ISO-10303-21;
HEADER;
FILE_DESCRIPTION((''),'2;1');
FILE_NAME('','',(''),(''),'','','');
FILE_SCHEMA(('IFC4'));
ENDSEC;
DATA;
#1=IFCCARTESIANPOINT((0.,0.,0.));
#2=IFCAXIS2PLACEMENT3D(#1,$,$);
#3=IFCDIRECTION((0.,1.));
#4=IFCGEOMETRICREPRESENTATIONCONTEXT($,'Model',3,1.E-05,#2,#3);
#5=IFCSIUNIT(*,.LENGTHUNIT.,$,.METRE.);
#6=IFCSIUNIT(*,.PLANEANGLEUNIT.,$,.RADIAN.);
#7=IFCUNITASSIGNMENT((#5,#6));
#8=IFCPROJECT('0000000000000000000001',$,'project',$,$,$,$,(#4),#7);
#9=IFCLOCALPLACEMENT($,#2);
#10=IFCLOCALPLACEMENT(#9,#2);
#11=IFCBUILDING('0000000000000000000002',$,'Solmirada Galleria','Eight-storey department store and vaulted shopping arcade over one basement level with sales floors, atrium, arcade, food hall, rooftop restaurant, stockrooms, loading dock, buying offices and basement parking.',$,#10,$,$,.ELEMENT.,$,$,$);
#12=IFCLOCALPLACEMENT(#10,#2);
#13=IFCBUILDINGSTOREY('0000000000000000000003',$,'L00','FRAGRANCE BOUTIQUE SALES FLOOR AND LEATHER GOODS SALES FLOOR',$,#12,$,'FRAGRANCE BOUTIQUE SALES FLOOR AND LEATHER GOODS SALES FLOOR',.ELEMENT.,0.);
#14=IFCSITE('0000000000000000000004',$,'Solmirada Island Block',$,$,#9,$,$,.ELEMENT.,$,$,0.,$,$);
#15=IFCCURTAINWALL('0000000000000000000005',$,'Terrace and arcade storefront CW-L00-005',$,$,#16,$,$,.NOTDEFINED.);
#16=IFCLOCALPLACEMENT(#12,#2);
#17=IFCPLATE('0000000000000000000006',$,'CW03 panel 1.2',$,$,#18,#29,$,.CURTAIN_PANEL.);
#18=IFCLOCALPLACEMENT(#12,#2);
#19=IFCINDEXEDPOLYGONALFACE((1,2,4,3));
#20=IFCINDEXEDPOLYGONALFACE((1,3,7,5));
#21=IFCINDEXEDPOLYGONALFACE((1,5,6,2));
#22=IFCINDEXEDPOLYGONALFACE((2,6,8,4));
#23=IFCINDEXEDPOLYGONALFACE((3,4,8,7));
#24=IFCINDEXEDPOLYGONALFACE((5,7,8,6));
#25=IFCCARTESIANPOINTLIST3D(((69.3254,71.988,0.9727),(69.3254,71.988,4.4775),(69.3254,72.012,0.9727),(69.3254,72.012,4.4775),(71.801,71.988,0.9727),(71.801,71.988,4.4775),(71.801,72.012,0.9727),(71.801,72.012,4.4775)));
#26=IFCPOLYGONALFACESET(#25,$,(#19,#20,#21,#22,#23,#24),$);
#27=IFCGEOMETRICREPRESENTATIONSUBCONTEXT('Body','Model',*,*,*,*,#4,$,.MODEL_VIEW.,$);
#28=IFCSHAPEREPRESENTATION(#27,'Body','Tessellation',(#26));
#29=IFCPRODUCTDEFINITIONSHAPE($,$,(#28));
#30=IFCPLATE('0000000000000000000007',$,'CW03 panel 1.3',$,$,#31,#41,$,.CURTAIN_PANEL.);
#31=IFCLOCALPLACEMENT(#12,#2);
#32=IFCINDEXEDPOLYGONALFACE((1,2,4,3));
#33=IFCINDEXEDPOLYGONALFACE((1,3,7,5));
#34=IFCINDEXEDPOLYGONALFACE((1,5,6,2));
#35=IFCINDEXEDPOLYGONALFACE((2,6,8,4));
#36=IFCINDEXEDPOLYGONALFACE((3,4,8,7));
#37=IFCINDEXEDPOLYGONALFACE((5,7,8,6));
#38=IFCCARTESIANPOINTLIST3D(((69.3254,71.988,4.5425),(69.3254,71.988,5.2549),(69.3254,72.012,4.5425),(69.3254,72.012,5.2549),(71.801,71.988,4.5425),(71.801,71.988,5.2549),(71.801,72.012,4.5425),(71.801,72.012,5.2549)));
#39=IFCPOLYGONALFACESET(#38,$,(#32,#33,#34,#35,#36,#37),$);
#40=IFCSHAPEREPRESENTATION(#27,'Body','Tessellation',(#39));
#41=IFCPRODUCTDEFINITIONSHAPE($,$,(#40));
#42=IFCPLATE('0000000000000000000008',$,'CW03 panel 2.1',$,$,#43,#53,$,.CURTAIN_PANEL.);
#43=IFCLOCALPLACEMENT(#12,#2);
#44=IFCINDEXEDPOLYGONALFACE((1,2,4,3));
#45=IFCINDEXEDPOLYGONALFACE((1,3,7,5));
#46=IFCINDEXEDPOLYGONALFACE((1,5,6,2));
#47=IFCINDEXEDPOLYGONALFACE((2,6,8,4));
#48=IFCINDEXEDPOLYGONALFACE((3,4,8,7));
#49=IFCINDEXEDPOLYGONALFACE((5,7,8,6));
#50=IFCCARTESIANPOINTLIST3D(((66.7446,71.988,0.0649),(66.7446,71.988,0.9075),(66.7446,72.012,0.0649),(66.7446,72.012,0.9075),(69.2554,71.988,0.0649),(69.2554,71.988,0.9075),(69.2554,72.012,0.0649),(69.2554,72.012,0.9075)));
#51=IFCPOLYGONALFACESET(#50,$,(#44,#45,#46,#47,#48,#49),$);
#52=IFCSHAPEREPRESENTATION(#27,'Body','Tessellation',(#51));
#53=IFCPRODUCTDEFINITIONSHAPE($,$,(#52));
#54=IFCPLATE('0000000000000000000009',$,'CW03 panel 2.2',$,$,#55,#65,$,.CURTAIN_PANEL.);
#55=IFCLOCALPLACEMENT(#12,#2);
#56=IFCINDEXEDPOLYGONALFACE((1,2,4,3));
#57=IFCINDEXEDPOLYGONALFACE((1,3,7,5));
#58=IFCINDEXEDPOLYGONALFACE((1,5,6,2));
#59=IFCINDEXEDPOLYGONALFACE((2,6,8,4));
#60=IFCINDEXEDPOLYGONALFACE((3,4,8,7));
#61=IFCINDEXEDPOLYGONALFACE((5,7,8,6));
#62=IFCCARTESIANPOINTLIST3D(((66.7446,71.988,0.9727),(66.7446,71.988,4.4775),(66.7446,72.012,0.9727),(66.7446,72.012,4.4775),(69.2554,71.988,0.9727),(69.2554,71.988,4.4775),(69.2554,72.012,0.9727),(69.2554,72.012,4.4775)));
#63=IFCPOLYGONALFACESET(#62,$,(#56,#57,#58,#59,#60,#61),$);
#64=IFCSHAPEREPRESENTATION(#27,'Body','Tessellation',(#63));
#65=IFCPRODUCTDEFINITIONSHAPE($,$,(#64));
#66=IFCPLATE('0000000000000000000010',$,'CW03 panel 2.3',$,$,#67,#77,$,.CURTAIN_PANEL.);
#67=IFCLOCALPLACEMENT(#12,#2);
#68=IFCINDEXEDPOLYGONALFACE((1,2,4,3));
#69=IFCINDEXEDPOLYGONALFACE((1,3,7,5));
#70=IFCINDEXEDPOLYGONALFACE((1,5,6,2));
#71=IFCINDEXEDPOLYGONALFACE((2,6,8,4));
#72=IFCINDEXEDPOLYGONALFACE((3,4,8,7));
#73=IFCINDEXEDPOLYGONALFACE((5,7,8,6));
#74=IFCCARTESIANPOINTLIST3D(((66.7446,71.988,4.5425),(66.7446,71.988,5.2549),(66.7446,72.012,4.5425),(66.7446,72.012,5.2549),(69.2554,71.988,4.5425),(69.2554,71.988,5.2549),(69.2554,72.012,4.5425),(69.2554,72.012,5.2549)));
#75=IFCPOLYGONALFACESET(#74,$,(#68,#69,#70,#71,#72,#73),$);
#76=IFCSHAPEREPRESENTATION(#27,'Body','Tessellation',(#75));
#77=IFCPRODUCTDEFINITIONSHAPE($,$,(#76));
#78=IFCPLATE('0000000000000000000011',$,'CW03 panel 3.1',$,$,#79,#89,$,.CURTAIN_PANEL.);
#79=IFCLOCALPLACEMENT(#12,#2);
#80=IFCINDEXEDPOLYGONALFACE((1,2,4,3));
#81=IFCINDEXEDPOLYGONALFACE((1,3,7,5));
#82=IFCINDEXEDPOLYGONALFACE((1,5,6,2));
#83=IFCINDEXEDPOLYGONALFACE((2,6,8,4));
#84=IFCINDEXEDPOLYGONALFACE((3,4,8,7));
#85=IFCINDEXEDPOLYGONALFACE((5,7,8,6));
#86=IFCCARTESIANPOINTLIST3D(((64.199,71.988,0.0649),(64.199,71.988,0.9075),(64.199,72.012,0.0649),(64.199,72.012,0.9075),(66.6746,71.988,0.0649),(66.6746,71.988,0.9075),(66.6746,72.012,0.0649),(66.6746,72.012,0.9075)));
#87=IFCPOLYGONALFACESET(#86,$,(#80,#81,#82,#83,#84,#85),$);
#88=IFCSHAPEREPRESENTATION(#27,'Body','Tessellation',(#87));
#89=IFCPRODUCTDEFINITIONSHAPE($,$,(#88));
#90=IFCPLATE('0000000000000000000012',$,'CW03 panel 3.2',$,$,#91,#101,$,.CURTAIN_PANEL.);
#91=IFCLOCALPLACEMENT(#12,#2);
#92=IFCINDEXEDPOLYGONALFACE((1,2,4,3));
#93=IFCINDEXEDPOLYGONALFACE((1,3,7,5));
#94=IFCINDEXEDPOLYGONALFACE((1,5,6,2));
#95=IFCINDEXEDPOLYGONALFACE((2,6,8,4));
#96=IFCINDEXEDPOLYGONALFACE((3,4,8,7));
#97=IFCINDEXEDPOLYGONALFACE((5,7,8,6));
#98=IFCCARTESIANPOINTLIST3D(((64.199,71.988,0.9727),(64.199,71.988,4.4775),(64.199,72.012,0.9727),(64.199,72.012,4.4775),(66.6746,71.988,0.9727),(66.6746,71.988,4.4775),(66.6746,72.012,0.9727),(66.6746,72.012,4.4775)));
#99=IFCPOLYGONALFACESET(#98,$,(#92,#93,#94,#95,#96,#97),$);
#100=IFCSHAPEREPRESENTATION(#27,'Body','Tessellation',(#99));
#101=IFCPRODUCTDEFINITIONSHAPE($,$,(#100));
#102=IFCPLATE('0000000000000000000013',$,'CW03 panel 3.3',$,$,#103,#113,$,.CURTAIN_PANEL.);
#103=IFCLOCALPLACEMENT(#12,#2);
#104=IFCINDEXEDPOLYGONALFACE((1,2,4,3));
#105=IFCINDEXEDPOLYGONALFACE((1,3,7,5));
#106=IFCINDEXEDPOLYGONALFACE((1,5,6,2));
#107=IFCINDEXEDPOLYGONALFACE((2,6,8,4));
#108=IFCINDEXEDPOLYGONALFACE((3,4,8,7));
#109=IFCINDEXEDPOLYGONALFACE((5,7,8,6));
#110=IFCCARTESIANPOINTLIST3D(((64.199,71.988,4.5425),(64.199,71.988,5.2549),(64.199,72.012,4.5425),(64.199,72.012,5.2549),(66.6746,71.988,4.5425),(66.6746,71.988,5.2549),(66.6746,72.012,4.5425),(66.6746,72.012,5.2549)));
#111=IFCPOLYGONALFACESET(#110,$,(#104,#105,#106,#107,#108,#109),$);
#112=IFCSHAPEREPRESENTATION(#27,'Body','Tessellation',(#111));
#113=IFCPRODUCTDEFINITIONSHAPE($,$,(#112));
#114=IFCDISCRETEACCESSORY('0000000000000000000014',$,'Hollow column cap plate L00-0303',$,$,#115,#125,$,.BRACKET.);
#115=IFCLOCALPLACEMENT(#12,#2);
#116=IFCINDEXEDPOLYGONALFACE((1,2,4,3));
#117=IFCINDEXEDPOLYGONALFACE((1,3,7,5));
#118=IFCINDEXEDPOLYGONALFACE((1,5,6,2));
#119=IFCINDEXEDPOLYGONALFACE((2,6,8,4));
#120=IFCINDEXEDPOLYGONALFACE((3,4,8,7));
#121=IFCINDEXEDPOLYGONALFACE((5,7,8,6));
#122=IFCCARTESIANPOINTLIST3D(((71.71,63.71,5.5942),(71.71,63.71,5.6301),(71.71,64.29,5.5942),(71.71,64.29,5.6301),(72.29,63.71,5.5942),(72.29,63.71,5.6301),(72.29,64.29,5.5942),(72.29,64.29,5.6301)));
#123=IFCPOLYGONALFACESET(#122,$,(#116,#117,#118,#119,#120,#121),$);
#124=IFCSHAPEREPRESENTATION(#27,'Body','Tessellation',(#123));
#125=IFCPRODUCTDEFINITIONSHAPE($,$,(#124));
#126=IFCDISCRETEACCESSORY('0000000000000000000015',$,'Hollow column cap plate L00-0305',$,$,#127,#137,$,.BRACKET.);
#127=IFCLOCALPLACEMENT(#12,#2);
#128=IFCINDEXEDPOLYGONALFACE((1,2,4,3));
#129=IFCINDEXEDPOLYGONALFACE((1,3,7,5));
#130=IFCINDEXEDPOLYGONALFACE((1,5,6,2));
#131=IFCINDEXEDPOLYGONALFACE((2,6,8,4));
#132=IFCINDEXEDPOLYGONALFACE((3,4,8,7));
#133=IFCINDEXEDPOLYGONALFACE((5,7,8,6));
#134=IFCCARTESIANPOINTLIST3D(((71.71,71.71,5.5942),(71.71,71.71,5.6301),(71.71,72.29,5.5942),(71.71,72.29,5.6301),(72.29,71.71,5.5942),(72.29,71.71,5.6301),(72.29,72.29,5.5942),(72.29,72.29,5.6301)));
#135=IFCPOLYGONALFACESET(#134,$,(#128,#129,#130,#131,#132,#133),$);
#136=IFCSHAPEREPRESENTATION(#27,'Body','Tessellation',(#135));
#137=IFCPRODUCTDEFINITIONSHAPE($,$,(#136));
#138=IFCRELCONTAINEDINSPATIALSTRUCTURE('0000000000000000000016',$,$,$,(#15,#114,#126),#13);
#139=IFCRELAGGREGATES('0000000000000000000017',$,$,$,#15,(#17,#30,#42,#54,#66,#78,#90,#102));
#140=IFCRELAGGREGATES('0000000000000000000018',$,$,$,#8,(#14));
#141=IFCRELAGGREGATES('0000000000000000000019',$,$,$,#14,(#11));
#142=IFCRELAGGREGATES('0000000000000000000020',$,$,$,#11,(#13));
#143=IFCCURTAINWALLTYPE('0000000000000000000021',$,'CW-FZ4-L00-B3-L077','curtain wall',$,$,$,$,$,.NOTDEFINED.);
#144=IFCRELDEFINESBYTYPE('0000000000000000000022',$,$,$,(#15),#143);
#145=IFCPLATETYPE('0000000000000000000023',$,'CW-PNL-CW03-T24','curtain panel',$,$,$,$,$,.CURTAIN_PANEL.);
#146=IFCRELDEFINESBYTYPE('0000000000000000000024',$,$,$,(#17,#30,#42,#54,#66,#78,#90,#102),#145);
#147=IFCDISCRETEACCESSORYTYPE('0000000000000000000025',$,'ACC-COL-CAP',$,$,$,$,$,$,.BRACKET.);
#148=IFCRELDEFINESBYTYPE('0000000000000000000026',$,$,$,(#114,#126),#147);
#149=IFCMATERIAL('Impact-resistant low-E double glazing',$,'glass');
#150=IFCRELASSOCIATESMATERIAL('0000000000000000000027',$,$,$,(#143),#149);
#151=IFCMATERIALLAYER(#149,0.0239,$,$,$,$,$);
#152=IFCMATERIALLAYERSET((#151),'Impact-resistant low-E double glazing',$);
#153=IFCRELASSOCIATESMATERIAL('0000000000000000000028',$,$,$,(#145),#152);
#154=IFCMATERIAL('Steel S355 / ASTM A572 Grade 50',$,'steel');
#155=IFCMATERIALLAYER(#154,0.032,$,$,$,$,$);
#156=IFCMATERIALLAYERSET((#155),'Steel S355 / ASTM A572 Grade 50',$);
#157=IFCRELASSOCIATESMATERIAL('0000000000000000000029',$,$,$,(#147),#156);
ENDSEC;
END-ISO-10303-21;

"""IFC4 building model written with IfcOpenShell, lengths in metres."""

from ifc_helpers import new_model, si_unit, direction, frame, origin, origin_2d, place, context, subcontext, project, spatial, rectangle, extrude, material, layer, layer_set, type_object, element, aggregate, save


model = new_model("IFC4")

# Units and contexts
model_context = context("Model", 3, precision=1e-05, world=origin(), true_north=direction((0.0, 1.0)))
body_context = subcontext(model_context, "Body", "Model", "MODEL_VIEW")
ifc_project = project(units=[si_unit("LENGTHUNIT", "METRE"), si_unit("PLANEANGLEUNIT", "RADIAN")], contexts=[model_context])

# Site, building, storey
site_placement = place(None, origin())
site = spatial("IfcSite", under=ifc_project, at=site_placement, Name="Solmirada Island Block", CompositionType="ELEMENT", RefElevation=0.0)
building_placement = place(site_placement, origin())
building = spatial("IfcBuilding", under=site, at=building_placement, Name="Solmirada Galleria", Description="Eight-storey department store and vaulted shopping arcade over one basement level with sales floors, atrium, arcade, food hall, rooftop restaurant, stockrooms, loading dock, buying offices and basement parking.", CompositionType="ELEMENT")
storey_placement = place(building_placement, origin())
storey = spatial("IfcBuildingStorey", under=building, at=storey_placement, Name="L00", Description="FRAGRANCE BOUTIQUE SALES FLOOR AND LEATHER GOODS SALES FLOOR", LongName="FRAGRANCE BOUTIQUE SALES FLOOR AND LEATHER GOODS SALES FLOOR", CompositionType="ELEMENT", Elevation=0.0)

# Shared definitions
ifc_material_1 = material(Name="Impact-resistant low-E double glazing", Category="glass")

# Curtain wall
curtain_wall_type_1 = type_object("IfcCurtainWallType", Name="CW-FZ4-L00-B3-L077", Description="curtain wall", PredefinedType="NOTDEFINED", material=ifc_material_1)
curtain_wall_1_placement = place(storey_placement, origin())
curtain_wall_1 = element("IfcCurtainWall", 1, at=curtain_wall_1_placement, inside=storey, type_object=curtain_wall_type_1, Name="Terrace and arcade storefront CW-L00-005", PredefinedType="NOTDEFINED")

# Plates
ifc_layer_1 = layer(ifc_material_1, 0.0239)
ifc_layer_set_1 = layer_set([ifc_layer_1], Name="Impact-resistant low-E double glazing")
plate_type_1 = type_object("IfcPlateType", Name="CW-PNL-CW03-T24", Description="curtain panel", PredefinedType="CURTAIN_PANEL", material=ifc_layer_set_1)
plate_1_placement = place(storey_placement, frame((70.5632, 72.0, 0.9727), z_axis=(0.0, 0.0, 1.0), x_axis=(-1.0, 0.0, 0.0)))
plate_1 = element("IfcPlate", 2, at=plate_1_placement, type_object=plate_type_1, Name="CW03 panel 1.2", PredefinedType="CURTAIN_PANEL", context=body_context, shape_type="SweptSolid", body=[
    extrude(rectangle(XDim=2.4756, YDim=0.0239, at=origin_2d()), origin(), (0.0, 0.0, 1.0), 3.5049),
])
plate_2_placement = place(storey_placement, frame((70.5632, 72.0, 4.5425), z_axis=(0.0, 0.0, 1.0), x_axis=(-1.0, 0.0, 0.0)))
plate_2 = element("IfcPlate", 3, at=plate_2_placement, type_object=plate_type_1, Name="CW03 panel 1.3", PredefinedType="CURTAIN_PANEL", context=body_context, shape_type="SweptSolid", body=[
    extrude(rectangle(XDim=2.4756, YDim=0.0239, at=origin_2d()), origin(), (0.0, 0.0, 1.0), 0.7124),
])
plate_3_placement = place(storey_placement, frame((68.0, 72.0, 0.0649), z_axis=(0.0, 0.0, 1.0), x_axis=(-1.0, 0.0, 0.0)))
plate_3 = element("IfcPlate", 4, at=plate_3_placement, type_object=plate_type_1, Name="CW03 panel 2.1", PredefinedType="CURTAIN_PANEL", context=body_context, shape_type="SweptSolid", body=[
    extrude(rectangle(XDim=2.5107, YDim=0.0239, at=origin_2d()), origin(), (0.0, 0.0, 1.0), 0.8425),
])
plate_4_placement = place(storey_placement, frame((68.0, 72.0, 0.9727), z_axis=(0.0, 0.0, 1.0), x_axis=(-1.0, 0.0, 0.0)))
plate_4 = element("IfcPlate", 5, at=plate_4_placement, type_object=plate_type_1, Name="CW03 panel 2.2", PredefinedType="CURTAIN_PANEL", context=body_context, shape_type="SweptSolid", body=[
    extrude(rectangle(XDim=2.5107, YDim=0.0239, at=origin_2d()), origin(), (0.0, 0.0, 1.0), 3.5049),
])
plate_5_placement = place(storey_placement, frame((68.0, 72.0, 4.5425), z_axis=(0.0, 0.0, 1.0), x_axis=(-1.0, 0.0, 0.0)))
plate_5 = element("IfcPlate", 6, at=plate_5_placement, type_object=plate_type_1, Name="CW03 panel 2.3", PredefinedType="CURTAIN_PANEL", context=body_context, shape_type="SweptSolid", body=[
    extrude(rectangle(XDim=2.5107, YDim=0.0239, at=origin_2d()), origin(), (0.0, 0.0, 1.0), 0.7124),
])
plate_6_placement = place(storey_placement, frame((65.4368, 72.0, 0.0649), z_axis=(0.0, 0.0, 1.0), x_axis=(-1.0, 0.0, 0.0)))
plate_6 = element("IfcPlate", 7, at=plate_6_placement, type_object=plate_type_1, Name="CW03 panel 3.1", PredefinedType="CURTAIN_PANEL", context=body_context, shape_type="SweptSolid", body=[
    extrude(rectangle(XDim=2.4756, YDim=0.0239, at=origin_2d()), origin(), (0.0, 0.0, 1.0), 0.8425),
])
plate_7_placement = place(storey_placement, frame((65.4368, 72.0, 0.9727), z_axis=(0.0, 0.0, 1.0), x_axis=(-1.0, 0.0, 0.0)))
plate_7 = element("IfcPlate", 8, at=plate_7_placement, type_object=plate_type_1, Name="CW03 panel 3.2", PredefinedType="CURTAIN_PANEL", context=body_context, shape_type="SweptSolid", body=[
    extrude(rectangle(XDim=2.4756, YDim=0.0239, at=origin_2d()), origin(), (0.0, 0.0, 1.0), 3.5049),
])
plate_8_placement = place(storey_placement, frame((65.4368, 72.0, 4.5425), z_axis=(0.0, 0.0, 1.0), x_axis=(-1.0, 0.0, 0.0)))
plate_8 = element("IfcPlate", 9, at=plate_8_placement, type_object=plate_type_1, Name="CW03 panel 3.3", PredefinedType="CURTAIN_PANEL", context=body_context, shape_type="SweptSolid", body=[
    extrude(rectangle(XDim=2.4756, YDim=0.0239, at=origin_2d()), origin(), (0.0, 0.0, 1.0), 0.7124),
])
aggregate(curtain_wall_1, [plate_1, plate_2, plate_3, plate_4, plate_5, plate_6, plate_7, plate_8])

# Discrete accessories
ifc_material_2 = material(Name="Steel S355 / ASTM A572 Grade 50", Category="steel")
ifc_layer_2 = layer(ifc_material_2, 0.032)
ifc_layer_set_2 = layer_set([ifc_layer_2], Name="Steel S355 / ASTM A572 Grade 50")
discrete_accessory_type = type_object("IfcDiscreteAccessoryType", Name="ACC-COL-CAP", PredefinedType="BRACKET", material=ifc_layer_set_2)
for number, where, z_axis, x_axis, name in (
    (10, (72.0, 64.0, 5.5942), (0.0, 0.0, 1.0), (1.0, 0.0, 0.0), "Hollow column cap plate L00-0303"),
    (11, (72.0, 72.0, 5.5942), (0.0, 0.0, 1.0), (1.0, 0.0, 0.0), "Hollow column cap plate L00-0305"),
):
    element("IfcDiscreteAccessory", number, at=place(storey_placement, frame(where, z_axis=z_axis, x_axis=x_axis)), inside=storey, type_object=discrete_accessory_type, Name=name, PredefinedType="BRACKET", context=body_context, shape_type="SweptSolid", body=[
        extrude(rectangle(XDim=0.5801, YDim=0.5801, at=origin_2d()), origin(), (0.0, 0.0, 1.0), 0.0359),
    ])

save(model, "model.ifc")
